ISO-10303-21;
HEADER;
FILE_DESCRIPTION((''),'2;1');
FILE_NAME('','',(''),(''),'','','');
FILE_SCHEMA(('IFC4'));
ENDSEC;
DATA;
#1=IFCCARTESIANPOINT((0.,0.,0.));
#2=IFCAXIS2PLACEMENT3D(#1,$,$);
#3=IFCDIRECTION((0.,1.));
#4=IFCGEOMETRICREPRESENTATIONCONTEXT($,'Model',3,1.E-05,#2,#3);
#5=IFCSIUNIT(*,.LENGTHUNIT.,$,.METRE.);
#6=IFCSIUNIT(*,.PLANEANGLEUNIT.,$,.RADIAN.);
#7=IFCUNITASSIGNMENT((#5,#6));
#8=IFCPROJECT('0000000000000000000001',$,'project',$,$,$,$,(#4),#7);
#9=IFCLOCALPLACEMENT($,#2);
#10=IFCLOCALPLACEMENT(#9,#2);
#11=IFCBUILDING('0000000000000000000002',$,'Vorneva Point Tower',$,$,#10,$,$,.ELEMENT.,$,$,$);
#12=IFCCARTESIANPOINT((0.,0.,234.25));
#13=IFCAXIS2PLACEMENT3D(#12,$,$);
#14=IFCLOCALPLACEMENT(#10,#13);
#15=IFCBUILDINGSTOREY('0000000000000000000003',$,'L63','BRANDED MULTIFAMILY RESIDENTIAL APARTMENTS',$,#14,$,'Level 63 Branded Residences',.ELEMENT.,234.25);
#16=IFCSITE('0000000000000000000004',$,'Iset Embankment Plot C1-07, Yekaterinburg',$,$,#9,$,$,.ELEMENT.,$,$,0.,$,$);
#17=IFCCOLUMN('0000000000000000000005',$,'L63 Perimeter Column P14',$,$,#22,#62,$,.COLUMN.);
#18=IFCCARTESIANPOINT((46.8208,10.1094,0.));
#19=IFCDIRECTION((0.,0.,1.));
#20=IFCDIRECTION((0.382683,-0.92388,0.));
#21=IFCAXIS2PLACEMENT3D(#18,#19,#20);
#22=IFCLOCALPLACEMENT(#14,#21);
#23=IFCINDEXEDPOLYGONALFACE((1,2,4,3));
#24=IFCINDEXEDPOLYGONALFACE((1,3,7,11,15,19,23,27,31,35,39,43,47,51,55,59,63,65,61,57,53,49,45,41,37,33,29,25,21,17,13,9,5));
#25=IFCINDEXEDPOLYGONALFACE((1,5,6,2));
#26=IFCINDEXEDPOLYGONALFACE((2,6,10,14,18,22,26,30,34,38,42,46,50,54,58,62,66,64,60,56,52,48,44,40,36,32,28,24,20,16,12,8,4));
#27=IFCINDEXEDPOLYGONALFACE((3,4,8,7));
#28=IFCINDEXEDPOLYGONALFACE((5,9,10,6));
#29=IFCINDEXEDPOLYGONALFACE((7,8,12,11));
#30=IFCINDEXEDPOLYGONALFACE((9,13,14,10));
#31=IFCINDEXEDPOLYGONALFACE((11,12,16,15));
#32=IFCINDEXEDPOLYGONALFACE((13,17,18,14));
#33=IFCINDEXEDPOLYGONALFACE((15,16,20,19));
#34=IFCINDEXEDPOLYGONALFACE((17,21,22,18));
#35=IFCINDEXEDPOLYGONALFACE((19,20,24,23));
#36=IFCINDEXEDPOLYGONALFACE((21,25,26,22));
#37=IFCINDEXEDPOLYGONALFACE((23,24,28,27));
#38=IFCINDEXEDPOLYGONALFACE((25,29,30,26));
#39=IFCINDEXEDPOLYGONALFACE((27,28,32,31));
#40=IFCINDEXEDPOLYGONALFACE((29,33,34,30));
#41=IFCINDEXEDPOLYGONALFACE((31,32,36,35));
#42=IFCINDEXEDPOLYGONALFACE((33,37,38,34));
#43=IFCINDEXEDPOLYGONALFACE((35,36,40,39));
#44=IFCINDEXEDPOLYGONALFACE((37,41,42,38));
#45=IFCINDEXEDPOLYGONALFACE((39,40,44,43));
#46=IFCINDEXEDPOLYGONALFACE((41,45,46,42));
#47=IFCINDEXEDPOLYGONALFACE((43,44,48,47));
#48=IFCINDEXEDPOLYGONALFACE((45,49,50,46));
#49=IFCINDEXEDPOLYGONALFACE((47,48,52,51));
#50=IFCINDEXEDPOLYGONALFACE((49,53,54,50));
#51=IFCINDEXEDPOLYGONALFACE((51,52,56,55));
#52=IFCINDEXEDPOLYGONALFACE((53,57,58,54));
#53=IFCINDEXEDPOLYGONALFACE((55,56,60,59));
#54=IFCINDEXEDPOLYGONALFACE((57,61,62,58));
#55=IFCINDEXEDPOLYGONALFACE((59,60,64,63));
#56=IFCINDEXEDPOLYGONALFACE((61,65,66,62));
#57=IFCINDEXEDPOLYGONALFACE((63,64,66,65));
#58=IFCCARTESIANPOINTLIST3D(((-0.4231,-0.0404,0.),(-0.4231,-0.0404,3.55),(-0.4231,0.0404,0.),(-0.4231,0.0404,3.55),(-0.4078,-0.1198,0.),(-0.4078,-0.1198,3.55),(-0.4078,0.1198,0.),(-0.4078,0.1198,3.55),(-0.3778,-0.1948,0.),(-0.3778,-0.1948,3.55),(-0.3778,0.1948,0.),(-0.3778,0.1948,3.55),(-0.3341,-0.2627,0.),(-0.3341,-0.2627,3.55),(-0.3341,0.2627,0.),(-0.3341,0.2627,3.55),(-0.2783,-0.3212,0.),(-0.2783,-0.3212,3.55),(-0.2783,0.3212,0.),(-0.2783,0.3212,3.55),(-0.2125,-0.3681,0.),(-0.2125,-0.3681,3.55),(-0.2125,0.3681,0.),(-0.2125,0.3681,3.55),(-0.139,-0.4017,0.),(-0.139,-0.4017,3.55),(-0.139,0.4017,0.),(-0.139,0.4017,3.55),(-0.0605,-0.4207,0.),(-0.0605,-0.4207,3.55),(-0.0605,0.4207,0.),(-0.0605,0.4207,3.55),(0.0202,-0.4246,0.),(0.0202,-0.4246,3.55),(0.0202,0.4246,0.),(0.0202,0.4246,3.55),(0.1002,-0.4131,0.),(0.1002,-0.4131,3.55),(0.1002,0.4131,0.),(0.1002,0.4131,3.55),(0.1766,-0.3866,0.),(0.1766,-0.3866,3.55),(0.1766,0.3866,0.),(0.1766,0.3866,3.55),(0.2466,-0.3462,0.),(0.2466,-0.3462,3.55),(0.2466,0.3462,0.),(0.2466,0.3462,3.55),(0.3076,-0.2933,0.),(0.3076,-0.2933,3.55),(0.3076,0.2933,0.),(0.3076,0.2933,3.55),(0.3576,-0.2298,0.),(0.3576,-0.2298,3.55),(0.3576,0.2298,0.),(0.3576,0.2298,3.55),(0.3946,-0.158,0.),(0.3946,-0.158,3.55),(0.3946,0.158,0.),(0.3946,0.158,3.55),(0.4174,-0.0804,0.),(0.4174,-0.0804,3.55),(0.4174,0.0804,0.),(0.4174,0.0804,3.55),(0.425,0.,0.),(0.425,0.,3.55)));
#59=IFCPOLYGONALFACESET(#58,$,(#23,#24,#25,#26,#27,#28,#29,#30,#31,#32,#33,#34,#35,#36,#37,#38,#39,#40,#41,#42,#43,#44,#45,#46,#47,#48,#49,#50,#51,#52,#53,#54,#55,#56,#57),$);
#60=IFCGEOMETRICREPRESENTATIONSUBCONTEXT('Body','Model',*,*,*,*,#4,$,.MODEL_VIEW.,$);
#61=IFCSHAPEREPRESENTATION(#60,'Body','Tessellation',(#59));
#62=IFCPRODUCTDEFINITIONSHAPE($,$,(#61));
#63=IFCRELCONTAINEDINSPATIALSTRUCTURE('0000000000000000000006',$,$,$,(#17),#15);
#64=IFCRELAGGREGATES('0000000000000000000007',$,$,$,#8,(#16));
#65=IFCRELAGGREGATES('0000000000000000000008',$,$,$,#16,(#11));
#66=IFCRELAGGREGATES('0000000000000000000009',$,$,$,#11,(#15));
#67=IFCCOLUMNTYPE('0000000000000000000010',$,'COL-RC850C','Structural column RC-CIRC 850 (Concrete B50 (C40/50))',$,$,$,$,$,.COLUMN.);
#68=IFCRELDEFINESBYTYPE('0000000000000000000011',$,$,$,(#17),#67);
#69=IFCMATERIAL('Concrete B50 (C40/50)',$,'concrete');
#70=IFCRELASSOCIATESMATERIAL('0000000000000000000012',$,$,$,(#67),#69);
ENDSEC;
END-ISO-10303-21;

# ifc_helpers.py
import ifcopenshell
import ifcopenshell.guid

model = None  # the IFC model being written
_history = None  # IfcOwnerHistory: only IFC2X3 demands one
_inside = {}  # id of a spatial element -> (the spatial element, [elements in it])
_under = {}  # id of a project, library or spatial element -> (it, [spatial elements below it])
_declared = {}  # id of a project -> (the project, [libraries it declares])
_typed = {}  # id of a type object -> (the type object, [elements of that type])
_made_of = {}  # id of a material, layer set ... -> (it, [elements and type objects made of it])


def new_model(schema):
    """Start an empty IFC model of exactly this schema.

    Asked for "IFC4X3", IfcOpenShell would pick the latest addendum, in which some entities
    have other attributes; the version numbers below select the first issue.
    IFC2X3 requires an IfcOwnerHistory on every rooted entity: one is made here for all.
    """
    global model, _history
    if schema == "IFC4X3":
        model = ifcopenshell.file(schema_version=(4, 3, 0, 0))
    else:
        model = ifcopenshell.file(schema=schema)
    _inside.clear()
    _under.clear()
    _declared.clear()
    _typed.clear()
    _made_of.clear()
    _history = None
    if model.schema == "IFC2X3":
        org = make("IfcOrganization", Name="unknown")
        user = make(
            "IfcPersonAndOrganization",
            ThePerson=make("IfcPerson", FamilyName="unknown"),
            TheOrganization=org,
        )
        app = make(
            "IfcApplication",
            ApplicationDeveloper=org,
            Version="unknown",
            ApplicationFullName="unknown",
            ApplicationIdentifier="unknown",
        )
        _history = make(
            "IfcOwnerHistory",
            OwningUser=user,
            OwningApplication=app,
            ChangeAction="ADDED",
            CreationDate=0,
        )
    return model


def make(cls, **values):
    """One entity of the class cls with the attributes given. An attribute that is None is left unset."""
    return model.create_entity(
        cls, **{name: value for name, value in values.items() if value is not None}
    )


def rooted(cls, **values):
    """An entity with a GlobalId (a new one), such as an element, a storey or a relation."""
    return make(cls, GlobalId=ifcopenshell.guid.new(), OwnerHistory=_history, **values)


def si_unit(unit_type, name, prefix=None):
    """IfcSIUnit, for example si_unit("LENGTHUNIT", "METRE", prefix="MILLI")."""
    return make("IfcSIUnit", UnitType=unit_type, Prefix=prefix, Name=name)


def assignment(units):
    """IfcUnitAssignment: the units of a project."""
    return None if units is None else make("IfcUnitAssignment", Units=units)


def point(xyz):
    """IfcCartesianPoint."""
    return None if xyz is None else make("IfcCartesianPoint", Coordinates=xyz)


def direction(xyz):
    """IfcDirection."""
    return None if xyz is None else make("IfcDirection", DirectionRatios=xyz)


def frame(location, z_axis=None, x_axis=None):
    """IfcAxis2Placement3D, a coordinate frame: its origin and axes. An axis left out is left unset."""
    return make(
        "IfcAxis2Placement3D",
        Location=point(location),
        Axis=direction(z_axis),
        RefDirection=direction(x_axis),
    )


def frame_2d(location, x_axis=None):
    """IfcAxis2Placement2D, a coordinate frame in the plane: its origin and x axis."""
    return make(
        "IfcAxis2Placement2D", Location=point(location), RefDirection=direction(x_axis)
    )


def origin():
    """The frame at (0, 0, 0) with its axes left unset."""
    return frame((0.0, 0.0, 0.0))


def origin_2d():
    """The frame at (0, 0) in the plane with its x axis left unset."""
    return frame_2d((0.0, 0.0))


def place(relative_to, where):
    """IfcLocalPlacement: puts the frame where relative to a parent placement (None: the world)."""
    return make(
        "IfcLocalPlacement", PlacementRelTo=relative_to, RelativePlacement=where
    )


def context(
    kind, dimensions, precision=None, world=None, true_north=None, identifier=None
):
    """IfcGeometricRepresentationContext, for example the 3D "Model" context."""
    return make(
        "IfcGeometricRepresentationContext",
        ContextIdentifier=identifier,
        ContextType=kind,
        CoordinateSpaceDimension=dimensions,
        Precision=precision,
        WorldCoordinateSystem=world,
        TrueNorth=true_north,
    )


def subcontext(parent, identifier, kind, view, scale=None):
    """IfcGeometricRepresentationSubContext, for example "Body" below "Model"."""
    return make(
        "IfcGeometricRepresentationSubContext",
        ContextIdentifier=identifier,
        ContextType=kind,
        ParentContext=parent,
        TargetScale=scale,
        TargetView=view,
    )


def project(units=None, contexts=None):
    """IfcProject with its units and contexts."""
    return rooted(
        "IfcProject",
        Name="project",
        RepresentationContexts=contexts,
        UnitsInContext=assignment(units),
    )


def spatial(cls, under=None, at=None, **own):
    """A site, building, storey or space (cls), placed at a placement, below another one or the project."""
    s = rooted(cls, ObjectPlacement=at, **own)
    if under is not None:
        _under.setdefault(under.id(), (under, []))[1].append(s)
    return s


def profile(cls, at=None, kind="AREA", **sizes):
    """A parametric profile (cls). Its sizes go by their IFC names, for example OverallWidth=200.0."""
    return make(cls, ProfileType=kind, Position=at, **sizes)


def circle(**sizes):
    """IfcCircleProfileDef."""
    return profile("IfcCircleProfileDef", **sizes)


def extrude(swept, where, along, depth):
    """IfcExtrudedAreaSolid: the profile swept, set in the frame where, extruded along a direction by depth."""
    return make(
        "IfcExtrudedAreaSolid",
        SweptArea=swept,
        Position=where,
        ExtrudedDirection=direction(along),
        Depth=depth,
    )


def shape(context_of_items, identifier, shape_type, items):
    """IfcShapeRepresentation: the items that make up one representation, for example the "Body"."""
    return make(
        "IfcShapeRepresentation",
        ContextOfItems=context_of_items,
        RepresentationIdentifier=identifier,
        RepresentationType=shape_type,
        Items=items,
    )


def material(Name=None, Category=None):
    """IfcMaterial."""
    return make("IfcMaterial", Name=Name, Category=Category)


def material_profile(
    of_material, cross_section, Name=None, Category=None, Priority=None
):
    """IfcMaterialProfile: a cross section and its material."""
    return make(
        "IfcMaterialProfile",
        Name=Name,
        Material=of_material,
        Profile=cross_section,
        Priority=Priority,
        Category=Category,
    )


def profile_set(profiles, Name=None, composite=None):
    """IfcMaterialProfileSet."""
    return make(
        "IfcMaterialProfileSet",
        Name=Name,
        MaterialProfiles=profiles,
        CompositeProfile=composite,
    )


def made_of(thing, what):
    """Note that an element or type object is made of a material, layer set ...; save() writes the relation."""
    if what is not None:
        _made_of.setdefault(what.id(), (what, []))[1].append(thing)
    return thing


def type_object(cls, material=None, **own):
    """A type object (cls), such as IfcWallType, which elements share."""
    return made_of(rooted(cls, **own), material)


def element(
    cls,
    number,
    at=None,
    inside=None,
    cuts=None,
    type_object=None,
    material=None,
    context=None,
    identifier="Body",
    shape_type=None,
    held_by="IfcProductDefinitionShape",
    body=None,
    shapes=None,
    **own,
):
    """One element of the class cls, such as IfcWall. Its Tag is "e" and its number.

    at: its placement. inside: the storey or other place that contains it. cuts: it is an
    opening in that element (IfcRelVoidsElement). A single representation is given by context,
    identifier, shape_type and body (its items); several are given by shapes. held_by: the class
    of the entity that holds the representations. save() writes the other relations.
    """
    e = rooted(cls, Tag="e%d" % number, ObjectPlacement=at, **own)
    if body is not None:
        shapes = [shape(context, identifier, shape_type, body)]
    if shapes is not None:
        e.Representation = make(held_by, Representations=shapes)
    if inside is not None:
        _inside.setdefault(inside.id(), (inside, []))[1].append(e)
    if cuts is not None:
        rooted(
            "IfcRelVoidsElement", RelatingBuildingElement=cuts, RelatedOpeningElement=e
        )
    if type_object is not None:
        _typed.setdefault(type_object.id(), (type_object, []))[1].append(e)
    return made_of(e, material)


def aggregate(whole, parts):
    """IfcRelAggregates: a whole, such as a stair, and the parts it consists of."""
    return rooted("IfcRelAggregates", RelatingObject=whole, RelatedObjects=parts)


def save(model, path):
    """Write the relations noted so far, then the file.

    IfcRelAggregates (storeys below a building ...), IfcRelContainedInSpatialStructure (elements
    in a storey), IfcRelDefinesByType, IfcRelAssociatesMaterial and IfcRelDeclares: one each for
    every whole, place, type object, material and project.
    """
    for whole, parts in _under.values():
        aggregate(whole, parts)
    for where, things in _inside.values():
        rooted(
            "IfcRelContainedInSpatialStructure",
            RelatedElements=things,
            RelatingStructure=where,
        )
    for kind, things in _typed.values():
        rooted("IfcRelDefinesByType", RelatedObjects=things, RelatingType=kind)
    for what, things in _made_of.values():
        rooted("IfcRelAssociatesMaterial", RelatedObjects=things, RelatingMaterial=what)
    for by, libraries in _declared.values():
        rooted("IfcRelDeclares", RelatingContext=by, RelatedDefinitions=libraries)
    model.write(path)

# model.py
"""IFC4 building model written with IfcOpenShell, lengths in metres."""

from ifc_helpers import new_model, si_unit, direction, frame, origin, origin_2d, place, context, subcontext, project, spatial, circle, extrude, material, material_profile, profile_set, type_object, element, save


model = new_model("IFC4")

# Units and contexts
model_context = context("Model", 3, precision=1e-05, world=origin(), true_north=direction((0.0, 1.0)))
body_context = subcontext(model_context, "Body", "Model", "MODEL_VIEW")
ifc_project = project(units=[si_unit("LENGTHUNIT", "METRE"), si_unit("PLANEANGLEUNIT", "RADIAN")], contexts=[model_context])

# Site, building, storey
site_placement = place(None, origin())
site = spatial("IfcSite", under=ifc_project, at=site_placement, Name="Iset Embankment Plot C1-07, Yekaterinburg", CompositionType="ELEMENT", RefElevation=0.0)
building_placement = place(site_placement, origin())
building = spatial("IfcBuilding", under=site, at=building_placement, Name="Vorneva Point Tower", CompositionType="ELEMENT")
storey_placement = place(building_placement, frame((0.0, 0.0, 234.25)))
storey = spatial("IfcBuildingStorey", under=building, at=storey_placement, Name="L63", Description="BRANDED MULTIFAMILY RESIDENTIAL APARTMENTS", LongName="Level 63 Branded Residences", CompositionType="ELEMENT", Elevation=234.25)

# Column
ifc_material_1 = material(Name="Concrete B50 (C40/50)", Category="concrete")
ifc_material_profile_1 = material_profile(ifc_material_1, circle(Radius=0.425, at=origin_2d()), Name="RC-CIRC 850")
ifc_profile_set_1 = profile_set([ifc_material_profile_1], Name="Concrete B50 (C40/50)")
column_type = type_object("IfcColumnType", Name="COL-RC850C", Description="Structural column RC-CIRC 850 (Concrete B50 (C40/50))", PredefinedType="COLUMN", material=ifc_profile_set_1)
for number, where, z_axis, x_axis, name in (
    (1, (46.8208, 10.1094, 0.0), (0.0, 0.0, 1.0), (0.382683, -0.92388, 0.0), "L63 Perimeter Column P14"),
):
    element("IfcColumn", number, at=place(storey_placement, frame(where, z_axis=z_axis, x_axis=x_axis)), inside=storey, type_object=column_type, Name=name, PredefinedType="COLUMN", context=body_context, shape_type="SweptSolid", body=[
        extrude(circle(Radius=0.425, at=origin_2d()), origin(), (0.0, 0.0, 1.0), 3.55),
    ])

save(model, "model.ifc")
